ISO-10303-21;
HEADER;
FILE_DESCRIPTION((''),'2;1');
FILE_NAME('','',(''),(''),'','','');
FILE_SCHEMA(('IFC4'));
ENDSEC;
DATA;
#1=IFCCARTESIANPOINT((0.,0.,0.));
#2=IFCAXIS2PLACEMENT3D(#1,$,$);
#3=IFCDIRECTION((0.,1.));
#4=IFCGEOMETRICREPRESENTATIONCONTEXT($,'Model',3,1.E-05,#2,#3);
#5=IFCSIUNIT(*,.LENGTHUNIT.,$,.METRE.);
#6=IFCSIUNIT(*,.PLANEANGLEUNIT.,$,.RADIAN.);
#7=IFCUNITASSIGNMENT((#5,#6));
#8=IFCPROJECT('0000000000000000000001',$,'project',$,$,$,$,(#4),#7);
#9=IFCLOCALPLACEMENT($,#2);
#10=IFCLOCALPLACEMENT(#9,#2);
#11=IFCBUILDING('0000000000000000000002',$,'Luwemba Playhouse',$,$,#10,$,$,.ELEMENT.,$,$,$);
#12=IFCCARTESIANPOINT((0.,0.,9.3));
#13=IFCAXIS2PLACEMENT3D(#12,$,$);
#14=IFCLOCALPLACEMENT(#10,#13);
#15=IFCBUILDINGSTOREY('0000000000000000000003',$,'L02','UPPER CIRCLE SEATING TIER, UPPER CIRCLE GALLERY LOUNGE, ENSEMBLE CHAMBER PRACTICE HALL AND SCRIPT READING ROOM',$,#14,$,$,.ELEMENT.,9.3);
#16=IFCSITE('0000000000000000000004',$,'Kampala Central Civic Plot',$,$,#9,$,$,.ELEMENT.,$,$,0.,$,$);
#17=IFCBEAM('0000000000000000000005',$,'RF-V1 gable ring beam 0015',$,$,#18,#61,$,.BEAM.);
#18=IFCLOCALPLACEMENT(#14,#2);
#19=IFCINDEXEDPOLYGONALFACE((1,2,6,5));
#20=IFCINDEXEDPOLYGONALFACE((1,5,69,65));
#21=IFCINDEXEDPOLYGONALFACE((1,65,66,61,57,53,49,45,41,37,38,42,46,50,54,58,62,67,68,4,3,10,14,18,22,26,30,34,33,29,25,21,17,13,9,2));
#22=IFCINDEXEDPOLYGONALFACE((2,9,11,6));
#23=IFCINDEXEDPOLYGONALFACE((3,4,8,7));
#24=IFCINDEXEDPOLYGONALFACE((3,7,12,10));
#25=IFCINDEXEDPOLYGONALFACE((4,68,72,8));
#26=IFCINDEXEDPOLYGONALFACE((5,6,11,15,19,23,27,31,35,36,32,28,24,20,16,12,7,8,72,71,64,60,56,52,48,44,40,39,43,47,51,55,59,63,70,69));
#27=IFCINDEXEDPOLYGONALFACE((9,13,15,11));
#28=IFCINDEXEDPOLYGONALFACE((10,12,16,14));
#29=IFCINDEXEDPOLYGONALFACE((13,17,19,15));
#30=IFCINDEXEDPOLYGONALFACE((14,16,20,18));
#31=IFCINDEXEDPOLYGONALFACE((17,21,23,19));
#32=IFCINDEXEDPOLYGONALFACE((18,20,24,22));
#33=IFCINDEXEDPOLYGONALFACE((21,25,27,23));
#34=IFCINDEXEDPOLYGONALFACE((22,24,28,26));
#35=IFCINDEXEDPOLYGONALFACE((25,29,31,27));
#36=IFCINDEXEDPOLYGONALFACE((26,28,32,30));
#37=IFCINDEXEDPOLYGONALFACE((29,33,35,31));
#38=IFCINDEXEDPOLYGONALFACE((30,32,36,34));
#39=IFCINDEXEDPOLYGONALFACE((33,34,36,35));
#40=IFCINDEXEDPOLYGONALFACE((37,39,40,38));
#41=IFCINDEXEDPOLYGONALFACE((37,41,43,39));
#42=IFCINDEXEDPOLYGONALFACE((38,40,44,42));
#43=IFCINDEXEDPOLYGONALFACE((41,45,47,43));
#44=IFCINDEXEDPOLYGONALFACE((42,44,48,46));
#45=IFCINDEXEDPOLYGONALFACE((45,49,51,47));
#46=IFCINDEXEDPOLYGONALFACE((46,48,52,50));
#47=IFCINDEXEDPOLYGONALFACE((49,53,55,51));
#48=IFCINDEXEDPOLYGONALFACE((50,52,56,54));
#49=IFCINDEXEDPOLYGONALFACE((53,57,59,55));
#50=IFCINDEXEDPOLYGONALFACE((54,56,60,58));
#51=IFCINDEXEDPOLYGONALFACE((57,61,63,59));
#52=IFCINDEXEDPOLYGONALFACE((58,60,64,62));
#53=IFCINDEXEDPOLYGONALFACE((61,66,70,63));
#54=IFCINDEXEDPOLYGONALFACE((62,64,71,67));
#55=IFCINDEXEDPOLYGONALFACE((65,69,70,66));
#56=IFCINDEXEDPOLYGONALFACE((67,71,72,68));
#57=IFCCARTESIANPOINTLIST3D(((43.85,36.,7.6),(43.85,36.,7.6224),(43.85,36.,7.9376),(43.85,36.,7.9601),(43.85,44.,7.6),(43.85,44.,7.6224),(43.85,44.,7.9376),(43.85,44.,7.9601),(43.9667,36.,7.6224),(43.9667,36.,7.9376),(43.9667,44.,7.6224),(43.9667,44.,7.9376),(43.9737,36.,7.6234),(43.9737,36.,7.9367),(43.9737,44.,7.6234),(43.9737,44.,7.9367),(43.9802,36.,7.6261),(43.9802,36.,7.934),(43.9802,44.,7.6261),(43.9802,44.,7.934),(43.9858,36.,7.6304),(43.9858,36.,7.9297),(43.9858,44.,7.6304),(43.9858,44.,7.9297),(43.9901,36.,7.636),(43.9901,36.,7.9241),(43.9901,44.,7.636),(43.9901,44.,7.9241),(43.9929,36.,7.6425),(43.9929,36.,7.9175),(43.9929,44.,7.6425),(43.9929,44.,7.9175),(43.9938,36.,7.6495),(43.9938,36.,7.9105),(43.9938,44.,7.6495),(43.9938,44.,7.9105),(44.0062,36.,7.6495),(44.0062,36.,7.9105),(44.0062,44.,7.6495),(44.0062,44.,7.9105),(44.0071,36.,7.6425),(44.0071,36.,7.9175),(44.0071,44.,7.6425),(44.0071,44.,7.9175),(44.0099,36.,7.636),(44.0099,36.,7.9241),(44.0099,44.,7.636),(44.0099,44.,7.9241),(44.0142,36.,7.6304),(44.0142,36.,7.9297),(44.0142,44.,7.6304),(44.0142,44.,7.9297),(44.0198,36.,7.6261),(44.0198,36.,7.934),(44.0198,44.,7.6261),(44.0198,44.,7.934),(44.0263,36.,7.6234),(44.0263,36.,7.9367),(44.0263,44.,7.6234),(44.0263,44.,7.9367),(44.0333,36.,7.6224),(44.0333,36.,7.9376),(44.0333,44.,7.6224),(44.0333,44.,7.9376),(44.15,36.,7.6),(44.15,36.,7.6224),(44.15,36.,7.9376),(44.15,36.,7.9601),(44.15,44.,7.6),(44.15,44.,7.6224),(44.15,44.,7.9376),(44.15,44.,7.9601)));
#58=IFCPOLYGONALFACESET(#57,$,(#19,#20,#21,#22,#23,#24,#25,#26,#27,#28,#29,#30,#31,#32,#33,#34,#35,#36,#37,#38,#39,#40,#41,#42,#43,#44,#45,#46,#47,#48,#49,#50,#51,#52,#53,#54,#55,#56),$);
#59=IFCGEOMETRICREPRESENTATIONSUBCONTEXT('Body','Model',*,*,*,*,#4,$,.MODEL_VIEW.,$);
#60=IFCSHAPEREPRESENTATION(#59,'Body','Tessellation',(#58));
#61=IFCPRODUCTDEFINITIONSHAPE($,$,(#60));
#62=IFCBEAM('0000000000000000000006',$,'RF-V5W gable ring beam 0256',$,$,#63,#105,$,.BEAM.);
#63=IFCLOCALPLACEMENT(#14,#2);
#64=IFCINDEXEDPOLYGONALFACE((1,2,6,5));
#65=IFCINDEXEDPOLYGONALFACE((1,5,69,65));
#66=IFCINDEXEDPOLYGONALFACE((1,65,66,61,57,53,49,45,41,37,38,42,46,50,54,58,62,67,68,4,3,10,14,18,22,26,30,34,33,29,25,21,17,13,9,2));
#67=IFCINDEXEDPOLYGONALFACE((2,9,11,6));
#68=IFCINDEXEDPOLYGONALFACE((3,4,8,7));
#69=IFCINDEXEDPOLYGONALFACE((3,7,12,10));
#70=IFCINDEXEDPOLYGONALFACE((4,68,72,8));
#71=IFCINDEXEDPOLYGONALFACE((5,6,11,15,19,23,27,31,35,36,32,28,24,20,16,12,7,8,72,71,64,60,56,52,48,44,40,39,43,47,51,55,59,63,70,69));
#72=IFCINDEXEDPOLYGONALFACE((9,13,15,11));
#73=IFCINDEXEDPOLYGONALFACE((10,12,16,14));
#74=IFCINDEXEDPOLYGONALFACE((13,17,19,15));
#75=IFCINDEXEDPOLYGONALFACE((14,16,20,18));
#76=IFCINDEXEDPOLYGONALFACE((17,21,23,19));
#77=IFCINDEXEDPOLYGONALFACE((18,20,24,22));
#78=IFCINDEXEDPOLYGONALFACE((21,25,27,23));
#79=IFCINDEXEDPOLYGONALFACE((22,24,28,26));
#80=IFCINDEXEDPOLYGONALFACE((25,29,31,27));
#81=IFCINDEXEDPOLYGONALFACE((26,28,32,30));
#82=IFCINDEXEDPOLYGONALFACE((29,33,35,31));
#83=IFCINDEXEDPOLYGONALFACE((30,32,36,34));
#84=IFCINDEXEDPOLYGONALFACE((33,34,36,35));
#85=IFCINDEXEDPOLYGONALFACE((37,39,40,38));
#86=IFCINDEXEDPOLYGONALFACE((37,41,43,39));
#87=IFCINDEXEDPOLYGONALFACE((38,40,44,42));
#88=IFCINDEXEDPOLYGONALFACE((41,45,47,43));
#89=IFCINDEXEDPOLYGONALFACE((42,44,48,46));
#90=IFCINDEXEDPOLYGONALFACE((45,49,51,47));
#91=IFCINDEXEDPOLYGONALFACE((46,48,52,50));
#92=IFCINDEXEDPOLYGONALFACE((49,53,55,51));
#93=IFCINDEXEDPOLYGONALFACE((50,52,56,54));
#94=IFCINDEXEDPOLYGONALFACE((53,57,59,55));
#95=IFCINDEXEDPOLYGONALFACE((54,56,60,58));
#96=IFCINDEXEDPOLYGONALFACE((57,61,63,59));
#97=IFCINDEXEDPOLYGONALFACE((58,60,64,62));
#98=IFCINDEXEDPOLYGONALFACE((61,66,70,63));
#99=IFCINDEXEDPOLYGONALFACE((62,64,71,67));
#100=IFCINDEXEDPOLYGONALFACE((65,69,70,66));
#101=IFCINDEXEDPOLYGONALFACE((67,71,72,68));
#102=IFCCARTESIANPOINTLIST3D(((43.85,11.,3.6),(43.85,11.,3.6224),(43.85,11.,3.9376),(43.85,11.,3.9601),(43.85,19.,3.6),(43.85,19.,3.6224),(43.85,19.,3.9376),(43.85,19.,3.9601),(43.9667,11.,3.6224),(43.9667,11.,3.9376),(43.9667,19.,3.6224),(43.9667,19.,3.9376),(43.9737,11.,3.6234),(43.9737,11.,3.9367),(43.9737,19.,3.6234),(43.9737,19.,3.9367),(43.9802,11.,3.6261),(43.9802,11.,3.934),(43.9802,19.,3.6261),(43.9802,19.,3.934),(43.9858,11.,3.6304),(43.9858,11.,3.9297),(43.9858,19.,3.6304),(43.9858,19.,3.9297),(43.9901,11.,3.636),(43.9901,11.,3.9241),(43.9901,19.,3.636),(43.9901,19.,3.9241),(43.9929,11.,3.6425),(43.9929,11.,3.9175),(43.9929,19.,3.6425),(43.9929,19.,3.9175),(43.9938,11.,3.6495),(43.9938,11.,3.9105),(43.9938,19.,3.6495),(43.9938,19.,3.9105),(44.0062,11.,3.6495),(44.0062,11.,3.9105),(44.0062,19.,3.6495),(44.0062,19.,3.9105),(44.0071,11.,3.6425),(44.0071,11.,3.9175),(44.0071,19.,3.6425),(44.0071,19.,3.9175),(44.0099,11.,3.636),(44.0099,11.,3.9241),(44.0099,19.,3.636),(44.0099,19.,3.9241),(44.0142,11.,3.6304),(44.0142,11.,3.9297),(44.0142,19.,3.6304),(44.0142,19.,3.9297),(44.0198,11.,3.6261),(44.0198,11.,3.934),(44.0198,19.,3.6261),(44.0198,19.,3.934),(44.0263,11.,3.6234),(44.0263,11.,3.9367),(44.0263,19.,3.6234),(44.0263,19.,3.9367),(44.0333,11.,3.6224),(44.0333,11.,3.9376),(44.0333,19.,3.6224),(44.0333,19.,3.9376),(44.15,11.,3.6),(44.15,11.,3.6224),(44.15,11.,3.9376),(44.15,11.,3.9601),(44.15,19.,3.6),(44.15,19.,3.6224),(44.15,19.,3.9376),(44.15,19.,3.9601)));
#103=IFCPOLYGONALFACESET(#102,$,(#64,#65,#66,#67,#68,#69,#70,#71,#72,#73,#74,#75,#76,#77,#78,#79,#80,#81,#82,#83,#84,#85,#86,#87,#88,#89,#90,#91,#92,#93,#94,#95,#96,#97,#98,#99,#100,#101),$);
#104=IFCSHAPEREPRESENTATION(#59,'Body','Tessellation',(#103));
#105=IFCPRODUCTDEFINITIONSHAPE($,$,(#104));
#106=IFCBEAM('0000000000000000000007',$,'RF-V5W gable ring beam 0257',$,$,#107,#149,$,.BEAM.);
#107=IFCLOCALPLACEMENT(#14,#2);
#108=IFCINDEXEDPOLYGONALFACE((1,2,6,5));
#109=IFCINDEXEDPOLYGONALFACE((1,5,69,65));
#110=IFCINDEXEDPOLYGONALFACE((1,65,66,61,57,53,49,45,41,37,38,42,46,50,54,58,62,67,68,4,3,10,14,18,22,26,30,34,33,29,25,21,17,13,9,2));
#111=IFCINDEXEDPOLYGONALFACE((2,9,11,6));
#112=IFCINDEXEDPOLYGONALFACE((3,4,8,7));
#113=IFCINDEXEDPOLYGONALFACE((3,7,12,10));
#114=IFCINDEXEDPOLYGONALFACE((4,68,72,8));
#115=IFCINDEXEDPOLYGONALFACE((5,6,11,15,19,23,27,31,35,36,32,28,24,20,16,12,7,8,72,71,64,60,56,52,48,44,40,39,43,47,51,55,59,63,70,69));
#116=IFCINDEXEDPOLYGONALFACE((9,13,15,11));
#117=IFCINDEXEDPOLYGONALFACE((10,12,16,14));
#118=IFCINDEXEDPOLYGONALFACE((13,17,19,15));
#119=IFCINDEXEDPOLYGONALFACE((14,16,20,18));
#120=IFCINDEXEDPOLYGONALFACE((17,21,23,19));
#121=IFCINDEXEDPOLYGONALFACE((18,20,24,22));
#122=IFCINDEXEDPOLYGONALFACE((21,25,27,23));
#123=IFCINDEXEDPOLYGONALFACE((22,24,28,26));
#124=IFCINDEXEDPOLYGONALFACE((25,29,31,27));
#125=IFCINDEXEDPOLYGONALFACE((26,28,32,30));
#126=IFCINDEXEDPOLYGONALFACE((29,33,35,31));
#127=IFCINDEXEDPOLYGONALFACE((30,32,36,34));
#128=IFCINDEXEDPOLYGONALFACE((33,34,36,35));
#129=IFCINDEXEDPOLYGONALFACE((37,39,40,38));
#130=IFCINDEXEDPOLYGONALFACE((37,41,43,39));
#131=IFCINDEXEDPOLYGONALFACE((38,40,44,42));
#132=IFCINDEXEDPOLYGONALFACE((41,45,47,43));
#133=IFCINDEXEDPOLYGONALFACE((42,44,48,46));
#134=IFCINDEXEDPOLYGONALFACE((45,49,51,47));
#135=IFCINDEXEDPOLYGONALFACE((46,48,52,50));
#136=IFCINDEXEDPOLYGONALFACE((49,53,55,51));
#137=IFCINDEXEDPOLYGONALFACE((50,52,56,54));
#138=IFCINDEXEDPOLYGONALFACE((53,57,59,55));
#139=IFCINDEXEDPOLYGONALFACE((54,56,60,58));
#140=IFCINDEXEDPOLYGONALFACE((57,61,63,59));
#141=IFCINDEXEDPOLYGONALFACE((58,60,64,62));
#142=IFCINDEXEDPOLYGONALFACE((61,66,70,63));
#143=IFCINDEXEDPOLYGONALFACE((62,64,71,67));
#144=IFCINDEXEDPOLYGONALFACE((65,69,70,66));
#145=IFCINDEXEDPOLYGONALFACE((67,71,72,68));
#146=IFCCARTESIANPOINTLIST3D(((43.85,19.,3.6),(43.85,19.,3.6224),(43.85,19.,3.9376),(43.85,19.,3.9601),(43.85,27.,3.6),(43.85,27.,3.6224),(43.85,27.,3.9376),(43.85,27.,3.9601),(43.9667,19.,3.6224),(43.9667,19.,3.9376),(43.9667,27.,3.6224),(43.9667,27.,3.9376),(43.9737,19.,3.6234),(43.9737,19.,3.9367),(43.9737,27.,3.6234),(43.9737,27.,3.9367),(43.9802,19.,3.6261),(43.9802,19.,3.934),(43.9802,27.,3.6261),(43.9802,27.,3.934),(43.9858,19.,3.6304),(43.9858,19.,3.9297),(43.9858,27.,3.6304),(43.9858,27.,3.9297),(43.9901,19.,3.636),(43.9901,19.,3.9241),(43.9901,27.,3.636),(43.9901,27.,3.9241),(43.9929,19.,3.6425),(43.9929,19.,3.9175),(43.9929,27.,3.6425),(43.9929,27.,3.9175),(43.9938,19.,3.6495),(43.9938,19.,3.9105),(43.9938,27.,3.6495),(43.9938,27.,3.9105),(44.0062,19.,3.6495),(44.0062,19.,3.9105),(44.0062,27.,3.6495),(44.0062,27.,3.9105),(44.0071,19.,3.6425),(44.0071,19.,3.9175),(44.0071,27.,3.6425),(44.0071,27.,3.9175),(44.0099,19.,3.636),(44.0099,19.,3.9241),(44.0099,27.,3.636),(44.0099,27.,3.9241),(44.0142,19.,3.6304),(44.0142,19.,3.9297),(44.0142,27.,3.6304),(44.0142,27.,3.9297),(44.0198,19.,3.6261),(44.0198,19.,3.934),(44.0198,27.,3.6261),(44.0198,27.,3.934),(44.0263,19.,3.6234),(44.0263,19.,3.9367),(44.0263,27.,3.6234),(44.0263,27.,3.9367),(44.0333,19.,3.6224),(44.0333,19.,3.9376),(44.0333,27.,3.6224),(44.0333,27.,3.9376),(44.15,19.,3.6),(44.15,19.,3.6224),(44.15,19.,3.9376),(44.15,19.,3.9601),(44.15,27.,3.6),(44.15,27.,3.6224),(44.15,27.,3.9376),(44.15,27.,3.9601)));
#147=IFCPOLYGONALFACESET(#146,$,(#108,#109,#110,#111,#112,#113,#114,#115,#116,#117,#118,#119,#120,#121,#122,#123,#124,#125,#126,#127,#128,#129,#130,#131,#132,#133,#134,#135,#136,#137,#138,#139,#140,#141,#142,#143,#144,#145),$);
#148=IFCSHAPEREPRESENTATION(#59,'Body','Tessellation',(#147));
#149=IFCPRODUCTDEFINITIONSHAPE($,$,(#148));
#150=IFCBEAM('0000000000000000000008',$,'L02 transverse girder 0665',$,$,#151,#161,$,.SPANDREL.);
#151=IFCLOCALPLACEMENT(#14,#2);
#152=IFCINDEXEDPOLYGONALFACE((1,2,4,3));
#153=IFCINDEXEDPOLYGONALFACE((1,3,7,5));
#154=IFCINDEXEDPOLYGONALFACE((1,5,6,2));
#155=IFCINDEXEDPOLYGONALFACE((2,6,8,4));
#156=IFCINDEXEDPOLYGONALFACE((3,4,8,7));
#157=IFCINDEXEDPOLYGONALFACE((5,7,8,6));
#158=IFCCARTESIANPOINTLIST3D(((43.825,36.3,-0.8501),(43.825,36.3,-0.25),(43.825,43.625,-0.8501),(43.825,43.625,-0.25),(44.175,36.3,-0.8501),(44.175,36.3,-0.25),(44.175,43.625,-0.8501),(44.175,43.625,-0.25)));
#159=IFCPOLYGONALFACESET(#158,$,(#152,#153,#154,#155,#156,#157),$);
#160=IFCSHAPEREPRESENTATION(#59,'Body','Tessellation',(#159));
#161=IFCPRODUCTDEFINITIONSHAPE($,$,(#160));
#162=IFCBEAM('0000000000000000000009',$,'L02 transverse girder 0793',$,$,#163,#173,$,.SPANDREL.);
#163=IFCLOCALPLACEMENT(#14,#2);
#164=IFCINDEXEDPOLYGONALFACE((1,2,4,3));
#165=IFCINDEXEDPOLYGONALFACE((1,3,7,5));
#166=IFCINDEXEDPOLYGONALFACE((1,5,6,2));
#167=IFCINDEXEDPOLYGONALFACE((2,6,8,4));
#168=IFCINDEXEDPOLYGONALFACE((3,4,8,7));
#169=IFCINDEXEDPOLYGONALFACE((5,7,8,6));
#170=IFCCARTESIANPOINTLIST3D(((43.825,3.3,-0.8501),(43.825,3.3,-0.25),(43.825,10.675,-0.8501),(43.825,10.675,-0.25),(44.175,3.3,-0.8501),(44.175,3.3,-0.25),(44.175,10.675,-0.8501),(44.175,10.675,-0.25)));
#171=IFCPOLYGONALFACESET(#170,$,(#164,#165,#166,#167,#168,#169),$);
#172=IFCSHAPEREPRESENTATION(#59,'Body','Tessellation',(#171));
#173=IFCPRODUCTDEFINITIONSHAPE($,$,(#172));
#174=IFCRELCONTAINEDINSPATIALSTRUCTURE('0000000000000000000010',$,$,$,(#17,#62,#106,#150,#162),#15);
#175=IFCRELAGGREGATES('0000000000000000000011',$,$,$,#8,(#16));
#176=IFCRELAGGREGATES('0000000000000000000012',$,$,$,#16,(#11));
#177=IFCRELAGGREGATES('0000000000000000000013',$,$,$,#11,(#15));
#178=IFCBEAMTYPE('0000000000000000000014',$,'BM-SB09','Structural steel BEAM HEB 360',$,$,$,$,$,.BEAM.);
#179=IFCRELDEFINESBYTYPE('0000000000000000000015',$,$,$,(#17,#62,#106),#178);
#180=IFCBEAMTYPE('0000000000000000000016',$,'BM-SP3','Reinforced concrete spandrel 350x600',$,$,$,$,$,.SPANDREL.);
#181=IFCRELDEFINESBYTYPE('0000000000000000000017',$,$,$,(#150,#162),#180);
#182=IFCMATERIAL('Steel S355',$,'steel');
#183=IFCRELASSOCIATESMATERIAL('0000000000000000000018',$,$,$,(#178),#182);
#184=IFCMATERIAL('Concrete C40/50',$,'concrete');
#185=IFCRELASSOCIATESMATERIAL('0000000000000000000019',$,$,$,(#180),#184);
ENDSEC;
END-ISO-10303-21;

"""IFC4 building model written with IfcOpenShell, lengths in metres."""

from ifc_helpers import new_model, si_unit, direction, frame, origin, origin_2d, place, context, subcontext, project, spatial, rectangle, i_section, extrude, material, material_profile, profile_set, type_object, element, save


model = new_model("IFC4")

# Units and contexts
model_context = context("Model", 3, precision=1e-05, world=origin(), true_north=direction((0.0, 1.0)))
body_context = subcontext(model_context, "Body", "Model", "MODEL_VIEW")
ifc_project = project(units=[si_unit("LENGTHUNIT", "METRE"), si_unit("PLANEANGLEUNIT", "RADIAN")], contexts=[model_context])

# Site, building, storey
site_placement = place(None, origin())
site = spatial("IfcSite", under=ifc_project, at=site_placement, Name="Kampala Central Civic Plot", CompositionType="ELEMENT", RefElevation=0.0)
building_placement = place(site_placement, origin())
building = spatial("IfcBuilding", under=site, at=building_placement, Name="Luwemba Playhouse", CompositionType="ELEMENT")
storey_placement = place(building_placement, frame((0.0, 0.0, 9.3)))
storey = spatial("IfcBuildingStorey", under=building, at=storey_placement, Name="L02", Description="UPPER CIRCLE SEATING TIER, UPPER CIRCLE GALLERY LOUNGE, ENSEMBLE CHAMBER PRACTICE HALL AND SCRIPT READING ROOM", CompositionType="ELEMENT", Elevation=9.3)

# Shared definitions
ifc_material_1 = material(Name="Concrete C40/50", Category="concrete")
ifc_material_2 = material(Name="Steel S355", Category="steel")

# Beams
ifc_material_profile_1 = material_profile(ifc_material_2, i_section(OverallWidth=0.3, OverallDepth=0.3601, WebThickness=0.0125, FlangeThickness=0.0225, FilletRadius=0.0271, at=origin_2d()))
ifc_profile_set_1 = profile_set([ifc_material_profile_1], Name="Steel S355")
beam_type_1 = type_object("IfcBeamType", Name="BM-SB09", Description="Structural steel BEAM HEB 360", PredefinedType="BEAM", material=ifc_profile_set_1)
for number, where, z_axis, x_axis, name in (
    (1, (44.0, 36.0, 7.78), (0.0, 1.0, 0.0), (-1.0, 0.0, 0.0), "RF-V1 gable ring beam 0015"),
    (2, (44.0, 11.0, 3.78), (0.0, 1.0, 0.0), (-1.0, 0.0, 0.0), "RF-V5W gable ring beam 0256"),
    (3, (44.0, 19.0, 3.78), (0.0, 1.0, 0.0), (-1.0, 0.0, 0.0), "RF-V5W gable ring beam 0257"),
):
    element("IfcBeam", number, at=place(storey_placement, frame(where, z_axis=z_axis, x_axis=x_axis)), inside=storey, type_object=beam_type_1, Name=name, PredefinedType="BEAM", context=body_context, shape_type="SweptSolid", body=[
        extrude(i_section(OverallWidth=0.3, OverallDepth=0.3601, WebThickness=0.0125, FlangeThickness=0.0225, FilletRadius=0.0271, at=origin_2d()), origin(), (0.0, 0.0, 1.0), 8.0),
    ])
ifc_material_profile_2 = material_profile(ifc_material_1, rectangle(XDim=0.3501, YDim=0.6001, at=origin_2d()))
ifc_profile_set_2 = profile_set([ifc_material_profile_2], Name="Concrete C40/50")
beam_type_2 = type_object("IfcBeamType", Name="BM-SP3", Description="Reinforced concrete spandrel 350x600", PredefinedType="SPANDREL", material=ifc_profile_set_2)
beam_1_placement = place(storey_placement, frame((44.0, 36.3, -0.55), z_axis=(0.0, 1.0, 0.0), x_axis=(-1.0, 0.0, 0.0)))
element("IfcBeam", 4, at=beam_1_placement, inside=storey, type_object=beam_type_2, Name="L02 transverse girder 0665", PredefinedType="SPANDREL", context=body_context, shape_type="SweptSolid", body=[
    extrude(rectangle(XDim=0.3501, YDim=0.6001, at=origin_2d()), origin(), (0.0, 0.0, 1.0), 7.325),
])
beam_2_placement = place(storey_placement, frame((44.0, 3.3, -0.55), z_axis=(0.0, 1.0, 0.0), x_axis=(-1.0, 0.0, 0.0)))
element("IfcBeam", 5, at=beam_2_placement, inside=storey, type_object=beam_type_2, Name="L02 transverse girder 0793", PredefinedType="SPANDREL", context=body_context, shape_type="SweptSolid", body=[
    extrude(rectangle(XDim=0.3501, YDim=0.6001, at=origin_2d()), origin(), (0.0, 0.0, 1.0), 7.375),
])

save(model, "model.ifc")
